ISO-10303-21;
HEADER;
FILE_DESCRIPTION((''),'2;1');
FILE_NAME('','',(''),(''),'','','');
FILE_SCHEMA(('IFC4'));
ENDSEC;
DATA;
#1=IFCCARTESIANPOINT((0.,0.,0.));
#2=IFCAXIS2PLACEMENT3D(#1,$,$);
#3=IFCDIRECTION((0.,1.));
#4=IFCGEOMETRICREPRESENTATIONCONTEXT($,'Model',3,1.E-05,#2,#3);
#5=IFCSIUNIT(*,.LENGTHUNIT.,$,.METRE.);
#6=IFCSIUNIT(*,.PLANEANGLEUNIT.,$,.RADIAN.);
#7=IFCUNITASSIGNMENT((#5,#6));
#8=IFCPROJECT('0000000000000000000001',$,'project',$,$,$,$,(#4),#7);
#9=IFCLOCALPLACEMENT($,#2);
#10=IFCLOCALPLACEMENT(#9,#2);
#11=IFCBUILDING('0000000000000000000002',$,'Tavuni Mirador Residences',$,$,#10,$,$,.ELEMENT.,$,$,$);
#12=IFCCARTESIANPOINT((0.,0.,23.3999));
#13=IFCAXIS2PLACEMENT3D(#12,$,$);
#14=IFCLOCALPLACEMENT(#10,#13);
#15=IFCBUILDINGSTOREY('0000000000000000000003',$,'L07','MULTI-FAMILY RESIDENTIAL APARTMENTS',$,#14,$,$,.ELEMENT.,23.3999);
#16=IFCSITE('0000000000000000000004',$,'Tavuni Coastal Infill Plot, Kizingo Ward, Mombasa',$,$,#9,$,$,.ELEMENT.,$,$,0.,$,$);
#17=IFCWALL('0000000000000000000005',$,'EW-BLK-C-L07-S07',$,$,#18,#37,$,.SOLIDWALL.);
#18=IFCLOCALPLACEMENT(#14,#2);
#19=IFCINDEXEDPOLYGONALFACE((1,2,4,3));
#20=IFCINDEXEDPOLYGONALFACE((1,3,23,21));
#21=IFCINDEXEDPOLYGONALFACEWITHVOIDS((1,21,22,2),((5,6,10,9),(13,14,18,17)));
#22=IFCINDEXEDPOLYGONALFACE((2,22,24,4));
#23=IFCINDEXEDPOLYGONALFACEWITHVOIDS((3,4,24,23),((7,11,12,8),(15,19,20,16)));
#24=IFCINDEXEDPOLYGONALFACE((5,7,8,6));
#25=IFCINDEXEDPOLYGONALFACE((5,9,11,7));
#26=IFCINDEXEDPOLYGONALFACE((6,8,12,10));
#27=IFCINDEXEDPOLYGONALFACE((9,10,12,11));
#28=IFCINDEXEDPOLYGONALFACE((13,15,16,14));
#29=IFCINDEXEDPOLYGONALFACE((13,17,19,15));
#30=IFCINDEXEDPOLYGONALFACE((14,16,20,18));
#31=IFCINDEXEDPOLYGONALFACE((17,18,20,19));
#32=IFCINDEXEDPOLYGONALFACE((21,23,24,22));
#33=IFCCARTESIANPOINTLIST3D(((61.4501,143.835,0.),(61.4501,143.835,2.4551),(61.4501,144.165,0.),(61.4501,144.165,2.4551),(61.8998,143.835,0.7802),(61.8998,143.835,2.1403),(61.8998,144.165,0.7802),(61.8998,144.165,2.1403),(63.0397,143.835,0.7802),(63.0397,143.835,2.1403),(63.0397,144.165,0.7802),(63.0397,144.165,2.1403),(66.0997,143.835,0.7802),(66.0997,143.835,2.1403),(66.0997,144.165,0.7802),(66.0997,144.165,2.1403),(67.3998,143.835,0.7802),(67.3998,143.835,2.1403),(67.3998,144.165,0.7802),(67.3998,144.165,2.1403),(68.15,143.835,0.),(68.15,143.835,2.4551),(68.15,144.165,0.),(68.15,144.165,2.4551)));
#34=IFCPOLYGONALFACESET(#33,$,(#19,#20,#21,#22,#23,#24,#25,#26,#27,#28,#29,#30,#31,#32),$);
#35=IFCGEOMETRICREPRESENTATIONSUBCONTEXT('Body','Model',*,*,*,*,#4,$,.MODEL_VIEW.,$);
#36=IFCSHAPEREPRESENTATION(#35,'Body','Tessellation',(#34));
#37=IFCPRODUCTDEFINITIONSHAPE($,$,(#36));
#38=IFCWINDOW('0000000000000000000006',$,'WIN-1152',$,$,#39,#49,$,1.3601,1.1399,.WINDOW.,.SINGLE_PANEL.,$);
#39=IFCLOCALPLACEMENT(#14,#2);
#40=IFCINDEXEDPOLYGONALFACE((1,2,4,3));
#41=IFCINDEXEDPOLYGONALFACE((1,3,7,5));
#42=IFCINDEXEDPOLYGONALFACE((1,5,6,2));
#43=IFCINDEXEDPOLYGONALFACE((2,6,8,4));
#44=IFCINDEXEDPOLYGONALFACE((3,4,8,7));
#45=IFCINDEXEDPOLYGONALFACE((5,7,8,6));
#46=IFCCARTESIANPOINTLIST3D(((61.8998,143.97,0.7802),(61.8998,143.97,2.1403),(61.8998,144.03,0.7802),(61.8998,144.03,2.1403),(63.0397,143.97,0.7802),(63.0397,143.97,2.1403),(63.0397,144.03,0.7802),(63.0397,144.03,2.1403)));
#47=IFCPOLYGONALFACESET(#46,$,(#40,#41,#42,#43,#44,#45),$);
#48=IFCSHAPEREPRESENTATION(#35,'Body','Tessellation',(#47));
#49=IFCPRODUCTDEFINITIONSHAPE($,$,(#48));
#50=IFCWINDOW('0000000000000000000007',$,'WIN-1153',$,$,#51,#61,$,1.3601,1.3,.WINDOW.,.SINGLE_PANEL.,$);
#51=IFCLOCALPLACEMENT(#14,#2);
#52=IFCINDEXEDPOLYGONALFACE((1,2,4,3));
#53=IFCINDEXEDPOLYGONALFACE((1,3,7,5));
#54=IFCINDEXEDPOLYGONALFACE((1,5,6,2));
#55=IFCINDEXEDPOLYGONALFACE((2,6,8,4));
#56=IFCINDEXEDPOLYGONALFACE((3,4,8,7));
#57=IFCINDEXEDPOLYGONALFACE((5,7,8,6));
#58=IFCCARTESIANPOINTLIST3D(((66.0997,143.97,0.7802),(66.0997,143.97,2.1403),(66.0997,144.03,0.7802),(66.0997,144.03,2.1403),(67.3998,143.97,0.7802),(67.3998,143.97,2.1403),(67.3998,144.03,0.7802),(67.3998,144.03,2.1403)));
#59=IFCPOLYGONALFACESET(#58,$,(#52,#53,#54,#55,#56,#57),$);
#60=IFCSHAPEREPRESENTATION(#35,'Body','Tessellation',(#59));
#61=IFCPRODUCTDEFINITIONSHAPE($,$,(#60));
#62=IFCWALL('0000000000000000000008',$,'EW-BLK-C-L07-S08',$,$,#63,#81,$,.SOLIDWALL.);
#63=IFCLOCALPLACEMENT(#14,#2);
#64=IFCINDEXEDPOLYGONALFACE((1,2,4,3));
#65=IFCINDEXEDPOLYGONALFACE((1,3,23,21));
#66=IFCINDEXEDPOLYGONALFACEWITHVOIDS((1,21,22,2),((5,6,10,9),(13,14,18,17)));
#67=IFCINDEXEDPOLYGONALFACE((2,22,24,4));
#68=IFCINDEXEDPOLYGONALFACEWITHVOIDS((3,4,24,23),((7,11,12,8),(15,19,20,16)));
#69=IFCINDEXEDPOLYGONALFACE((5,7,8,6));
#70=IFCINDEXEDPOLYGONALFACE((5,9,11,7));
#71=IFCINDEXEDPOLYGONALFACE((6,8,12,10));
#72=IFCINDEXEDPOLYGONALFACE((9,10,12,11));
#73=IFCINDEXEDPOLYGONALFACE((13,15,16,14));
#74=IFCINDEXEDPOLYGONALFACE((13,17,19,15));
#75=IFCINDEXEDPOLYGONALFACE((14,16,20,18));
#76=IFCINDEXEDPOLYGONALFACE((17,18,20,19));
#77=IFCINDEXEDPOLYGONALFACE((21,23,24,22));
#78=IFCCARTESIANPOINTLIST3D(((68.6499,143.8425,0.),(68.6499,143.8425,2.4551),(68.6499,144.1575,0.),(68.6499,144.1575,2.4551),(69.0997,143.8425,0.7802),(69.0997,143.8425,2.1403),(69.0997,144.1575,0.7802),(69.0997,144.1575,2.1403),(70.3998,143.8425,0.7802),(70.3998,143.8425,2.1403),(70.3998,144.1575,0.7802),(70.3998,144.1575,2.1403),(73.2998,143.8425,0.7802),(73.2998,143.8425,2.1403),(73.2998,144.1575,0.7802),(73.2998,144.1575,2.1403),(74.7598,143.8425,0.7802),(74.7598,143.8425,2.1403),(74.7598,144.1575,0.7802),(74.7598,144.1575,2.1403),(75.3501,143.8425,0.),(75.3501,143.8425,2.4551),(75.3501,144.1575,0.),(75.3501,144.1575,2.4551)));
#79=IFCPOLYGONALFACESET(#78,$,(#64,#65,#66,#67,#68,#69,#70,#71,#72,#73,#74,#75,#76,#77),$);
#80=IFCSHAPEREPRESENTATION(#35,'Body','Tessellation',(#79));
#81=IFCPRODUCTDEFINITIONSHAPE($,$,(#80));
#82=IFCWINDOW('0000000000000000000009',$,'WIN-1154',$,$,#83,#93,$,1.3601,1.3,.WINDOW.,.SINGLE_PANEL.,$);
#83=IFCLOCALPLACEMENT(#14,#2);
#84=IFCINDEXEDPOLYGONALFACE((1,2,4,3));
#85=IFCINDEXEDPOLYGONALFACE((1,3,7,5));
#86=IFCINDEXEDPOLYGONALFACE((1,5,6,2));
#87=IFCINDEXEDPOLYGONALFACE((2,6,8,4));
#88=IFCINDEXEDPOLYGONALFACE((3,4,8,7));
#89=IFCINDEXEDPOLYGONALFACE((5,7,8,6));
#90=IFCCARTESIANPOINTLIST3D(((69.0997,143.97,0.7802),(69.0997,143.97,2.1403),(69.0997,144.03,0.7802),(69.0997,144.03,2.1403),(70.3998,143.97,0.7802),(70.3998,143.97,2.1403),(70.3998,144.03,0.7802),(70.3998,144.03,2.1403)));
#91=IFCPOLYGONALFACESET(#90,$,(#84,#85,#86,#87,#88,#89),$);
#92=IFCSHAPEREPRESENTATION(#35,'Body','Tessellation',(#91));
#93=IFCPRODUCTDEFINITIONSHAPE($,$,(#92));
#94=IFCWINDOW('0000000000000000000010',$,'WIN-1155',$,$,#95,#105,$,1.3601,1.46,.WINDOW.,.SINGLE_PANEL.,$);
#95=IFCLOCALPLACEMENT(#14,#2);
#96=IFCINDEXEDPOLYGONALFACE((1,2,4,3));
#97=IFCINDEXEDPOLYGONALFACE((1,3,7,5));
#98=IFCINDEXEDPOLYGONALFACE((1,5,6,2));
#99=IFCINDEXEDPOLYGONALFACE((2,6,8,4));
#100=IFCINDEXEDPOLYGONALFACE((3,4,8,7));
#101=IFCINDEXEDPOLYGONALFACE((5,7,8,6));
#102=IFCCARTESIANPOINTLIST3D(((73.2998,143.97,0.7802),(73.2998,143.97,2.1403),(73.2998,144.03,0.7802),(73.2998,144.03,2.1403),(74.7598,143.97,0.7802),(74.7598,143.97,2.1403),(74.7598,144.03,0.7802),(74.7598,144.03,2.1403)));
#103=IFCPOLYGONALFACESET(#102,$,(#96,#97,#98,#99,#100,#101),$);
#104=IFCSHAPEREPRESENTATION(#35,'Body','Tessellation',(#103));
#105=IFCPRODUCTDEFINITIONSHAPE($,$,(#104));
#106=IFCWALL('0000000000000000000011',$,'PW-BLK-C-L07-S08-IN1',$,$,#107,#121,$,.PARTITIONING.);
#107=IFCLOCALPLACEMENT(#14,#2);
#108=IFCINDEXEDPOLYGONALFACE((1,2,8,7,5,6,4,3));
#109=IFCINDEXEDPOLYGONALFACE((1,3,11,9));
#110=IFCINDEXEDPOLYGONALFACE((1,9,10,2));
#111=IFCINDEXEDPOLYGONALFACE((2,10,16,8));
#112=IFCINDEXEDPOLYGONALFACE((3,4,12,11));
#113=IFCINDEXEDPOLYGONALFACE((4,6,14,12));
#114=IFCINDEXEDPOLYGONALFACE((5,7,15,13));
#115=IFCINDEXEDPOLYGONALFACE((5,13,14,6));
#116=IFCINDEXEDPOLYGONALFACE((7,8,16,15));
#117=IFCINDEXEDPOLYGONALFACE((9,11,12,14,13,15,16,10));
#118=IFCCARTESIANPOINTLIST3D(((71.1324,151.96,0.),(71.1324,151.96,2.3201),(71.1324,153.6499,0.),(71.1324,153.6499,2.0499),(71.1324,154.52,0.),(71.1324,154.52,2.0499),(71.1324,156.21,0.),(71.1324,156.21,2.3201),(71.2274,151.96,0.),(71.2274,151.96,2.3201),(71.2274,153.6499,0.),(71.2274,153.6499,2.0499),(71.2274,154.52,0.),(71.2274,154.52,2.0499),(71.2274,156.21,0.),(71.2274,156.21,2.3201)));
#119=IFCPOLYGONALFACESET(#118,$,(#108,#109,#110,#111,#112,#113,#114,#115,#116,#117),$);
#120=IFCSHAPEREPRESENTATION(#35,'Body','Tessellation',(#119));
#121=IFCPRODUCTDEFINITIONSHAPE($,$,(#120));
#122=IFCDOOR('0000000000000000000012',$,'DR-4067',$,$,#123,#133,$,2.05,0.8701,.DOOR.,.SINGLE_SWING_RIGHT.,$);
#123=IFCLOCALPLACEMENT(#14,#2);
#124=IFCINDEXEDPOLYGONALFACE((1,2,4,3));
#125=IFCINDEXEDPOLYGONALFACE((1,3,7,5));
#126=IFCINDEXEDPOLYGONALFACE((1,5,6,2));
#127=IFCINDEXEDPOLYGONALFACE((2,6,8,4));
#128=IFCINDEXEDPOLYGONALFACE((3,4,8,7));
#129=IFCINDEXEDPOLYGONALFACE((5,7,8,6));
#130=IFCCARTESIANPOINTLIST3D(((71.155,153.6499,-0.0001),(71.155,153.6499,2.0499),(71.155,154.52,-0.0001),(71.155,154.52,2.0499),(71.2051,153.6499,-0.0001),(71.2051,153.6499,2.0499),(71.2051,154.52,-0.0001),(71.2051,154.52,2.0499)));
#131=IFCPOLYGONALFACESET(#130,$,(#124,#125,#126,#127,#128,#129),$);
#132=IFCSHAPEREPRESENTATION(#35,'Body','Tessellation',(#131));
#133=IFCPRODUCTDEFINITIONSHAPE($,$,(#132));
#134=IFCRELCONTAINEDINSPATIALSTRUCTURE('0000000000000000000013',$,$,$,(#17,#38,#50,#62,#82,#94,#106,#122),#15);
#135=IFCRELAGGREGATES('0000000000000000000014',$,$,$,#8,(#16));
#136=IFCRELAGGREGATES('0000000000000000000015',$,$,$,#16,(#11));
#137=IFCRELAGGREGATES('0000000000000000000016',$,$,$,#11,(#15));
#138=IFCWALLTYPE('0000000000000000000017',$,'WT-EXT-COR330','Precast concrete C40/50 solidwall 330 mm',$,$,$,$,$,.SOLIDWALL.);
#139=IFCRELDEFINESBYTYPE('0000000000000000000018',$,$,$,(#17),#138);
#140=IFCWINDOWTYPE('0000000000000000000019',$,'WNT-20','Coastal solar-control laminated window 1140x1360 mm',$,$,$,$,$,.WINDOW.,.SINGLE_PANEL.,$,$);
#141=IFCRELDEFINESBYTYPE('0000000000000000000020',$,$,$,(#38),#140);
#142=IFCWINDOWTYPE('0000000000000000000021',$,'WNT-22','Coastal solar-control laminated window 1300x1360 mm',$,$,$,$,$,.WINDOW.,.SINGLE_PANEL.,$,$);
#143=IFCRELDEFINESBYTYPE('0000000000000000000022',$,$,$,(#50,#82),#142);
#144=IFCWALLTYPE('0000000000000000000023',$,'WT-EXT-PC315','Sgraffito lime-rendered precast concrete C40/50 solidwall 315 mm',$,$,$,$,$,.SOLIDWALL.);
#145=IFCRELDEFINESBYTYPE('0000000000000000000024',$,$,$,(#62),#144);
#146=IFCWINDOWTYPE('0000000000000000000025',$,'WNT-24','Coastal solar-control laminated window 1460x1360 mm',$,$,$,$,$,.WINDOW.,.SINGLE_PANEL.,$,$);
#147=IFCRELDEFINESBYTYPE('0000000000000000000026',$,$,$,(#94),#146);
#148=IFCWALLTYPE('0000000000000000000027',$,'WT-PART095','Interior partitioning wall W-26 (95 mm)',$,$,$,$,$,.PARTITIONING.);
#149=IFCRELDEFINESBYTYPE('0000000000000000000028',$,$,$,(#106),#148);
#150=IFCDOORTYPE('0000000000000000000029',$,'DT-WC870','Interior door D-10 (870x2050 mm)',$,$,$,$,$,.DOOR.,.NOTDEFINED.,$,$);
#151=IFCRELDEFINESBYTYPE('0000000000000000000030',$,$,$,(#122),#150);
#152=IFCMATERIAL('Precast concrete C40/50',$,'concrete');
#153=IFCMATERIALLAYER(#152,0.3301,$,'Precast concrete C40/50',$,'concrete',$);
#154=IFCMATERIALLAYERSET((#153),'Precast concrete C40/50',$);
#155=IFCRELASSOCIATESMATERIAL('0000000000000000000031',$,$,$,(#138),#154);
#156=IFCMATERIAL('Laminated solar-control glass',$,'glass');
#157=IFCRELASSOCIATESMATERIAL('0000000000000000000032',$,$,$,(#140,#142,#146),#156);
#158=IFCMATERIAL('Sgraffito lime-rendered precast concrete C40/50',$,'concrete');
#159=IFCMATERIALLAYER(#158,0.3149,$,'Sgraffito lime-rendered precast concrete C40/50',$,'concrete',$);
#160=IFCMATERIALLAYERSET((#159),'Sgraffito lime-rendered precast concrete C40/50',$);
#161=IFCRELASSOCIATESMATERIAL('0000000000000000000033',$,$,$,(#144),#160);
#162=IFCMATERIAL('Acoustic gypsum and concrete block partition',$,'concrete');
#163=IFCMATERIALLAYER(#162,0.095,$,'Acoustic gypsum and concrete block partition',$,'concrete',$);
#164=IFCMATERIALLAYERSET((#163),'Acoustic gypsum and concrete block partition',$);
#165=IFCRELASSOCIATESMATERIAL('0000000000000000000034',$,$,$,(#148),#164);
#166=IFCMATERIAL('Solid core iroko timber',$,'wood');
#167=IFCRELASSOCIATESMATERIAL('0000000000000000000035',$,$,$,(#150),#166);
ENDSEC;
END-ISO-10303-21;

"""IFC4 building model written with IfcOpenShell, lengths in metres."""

from ifc_helpers import new_model, si_unit, direction, frame, frame_2d, origin, place, context, subcontext, project, spatial, rectangle, extrude, material, layer, layer_set, type_object, element, fill, save


model = new_model("IFC4")

# Units and contexts
model_context = context("Model", 3, precision=1e-05, world=origin(), true_north=direction((0.0, 1.0)))
body_context = subcontext(model_context, "Body", "Model", "MODEL_VIEW")
ifc_project = project(units=[si_unit("LENGTHUNIT", "METRE"), si_unit("PLANEANGLEUNIT", "RADIAN")], contexts=[model_context])

# Site, building, storey
site_placement = place(None, origin())
site = spatial("IfcSite", under=ifc_project, at=site_placement, Name="Tavuni Coastal Infill Plot, Kizingo Ward, Mombasa", CompositionType="ELEMENT", RefElevation=0.0)
building_placement = place(site_placement, origin())
building = spatial("IfcBuilding", under=site, at=building_placement, Name="Tavuni Mirador Residences", CompositionType="ELEMENT")
storey_placement = place(building_placement, frame((0.0, 0.0, 23.3999)))
storey = spatial("IfcBuildingStorey", under=building, at=storey_placement, Name="L07", Description="MULTI-FAMILY RESIDENTIAL APARTMENTS", CompositionType="ELEMENT", Elevation=23.3999)

# Shared definitions
ifc_material_1 = material(Name="Precast concrete C40/50", Category="concrete")

# Shared definitions
ifc_material_2 = material(Name="Solid core iroko timber", Category="wood")

# Walls, openings, windows
ifc_layer_1 = layer(ifc_material_1, 0.3301, Name="Precast concrete C40/50", Category="concrete")
ifc_layer_set_1 = layer_set([ifc_layer_1], Name="Precast concrete C40/50")
wall_type_1 = type_object("IfcWallType", Name="WT-EXT-COR330", Description="Precast concrete C40/50 solidwall 330 mm", PredefinedType="SOLIDWALL", material=ifc_layer_set_1)
wall_1_placement = place(storey_placement, frame((61.45, 144.0, 0.0), z_axis=(0.0, 0.0, 1.0), x_axis=(1.0, 0.0, 0.0)))
wall_1 = element("IfcWall", 1, at=wall_1_placement, inside=storey, type_object=wall_type_1, Name="EW-BLK-C-L07-S07", PredefinedType="SOLIDWALL", context=body_context, shape_type="SweptSolid", body=[
    extrude(rectangle(XDim=6.7, YDim=0.3301, at=frame_2d((3.3501, 0.0))), origin(), (0.0, 0.0, 1.0), 2.4551),
])
opening_1_placement = place(wall_1_placement, frame((0.45, 0.0, 0.78)))
opening_1 = element("IfcOpeningElement", 2, at=opening_1_placement, cuts=wall_1, PredefinedType="OPENING", context=body_context, shape_type="SweptSolid", body=[
    extrude(rectangle(XDim=1.1399, YDim=1.3601, at=frame_2d((0.5698, 0.6802))), frame((0.0, 0.175, 0.0), z_axis=(0.0, -1.0, 0.0), x_axis=(1.0, 0.0, 0.0)), (0.0, 0.0, 1.0), 0.3501),
])
opening_2_placement = place(wall_1_placement, frame((4.6499, 0.0, 0.78)))
opening_2 = element("IfcOpeningElement", 3, at=opening_2_placement, cuts=wall_1, PredefinedType="OPENING", context=body_context, shape_type="SweptSolid", body=[
    extrude(rectangle(XDim=1.3, YDim=1.3601, at=frame_2d((0.6499, 0.6802))), frame((0.0, 0.175, 0.0), z_axis=(0.0, -1.0, 0.0), x_axis=(1.0, 0.0, 0.0)), (0.0, 0.0, 1.0), 0.3501),
])
ifc_material_3 = material(Name="Laminated solar-control glass", Category="glass")
window_type_1 = type_object("IfcWindowType", Name="WNT-20", Description="Coastal solar-control laminated window 1140x1360 mm", PartitioningType="SINGLE_PANEL", PredefinedType="WINDOW", material=ifc_material_3)
window_1_placement = place(opening_1_placement, origin())
window_1 = element("IfcWindow", 4, at=window_1_placement, inside=storey, type_object=window_type_1, Name="WIN-1152", OverallHeight=1.3601, OverallWidth=1.1399, PartitioningType="SINGLE_PANEL", PredefinedType="WINDOW", context=body_context, shape_type="SweptSolid", body=[
    extrude(rectangle(XDim=1.1399, YDim=1.3601, at=frame_2d((0.5698, 0.6802))), frame((0.0, 0.03, 0.0), z_axis=(0.0, -1.0, 0.0), x_axis=(1.0, 0.0, 0.0)), (0.0, 0.0, 1.0), 0.0601),
])
fill(opening_1, window_1)
window_type_2 = type_object("IfcWindowType", Name="WNT-22", Description="Coastal solar-control laminated window 1300x1360 mm", PartitioningType="SINGLE_PANEL", PredefinedType="WINDOW", material=ifc_material_3)
window_2_placement = place(opening_2_placement, origin())
window_2 = element("IfcWindow", 5, at=window_2_placement, inside=storey, type_object=window_type_2, Name="WIN-1153", OverallHeight=1.3601, OverallWidth=1.3, PartitioningType="SINGLE_PANEL", PredefinedType="WINDOW", context=body_context, shape_type="SweptSolid", body=[
    extrude(rectangle(XDim=1.3, YDim=1.3601, at=frame_2d((0.6499, 0.6802))), frame((0.0, 0.03, 0.0), z_axis=(0.0, -1.0, 0.0), x_axis=(1.0, 0.0, 0.0)), (0.0, 0.0, 1.0), 0.0601),
])
fill(opening_2, window_2)
ifc_material_4 = material(Name="Sgraffito lime-rendered precast concrete C40/50", Category="concrete")
ifc_layer_2 = layer(ifc_material_4, 0.3149, Name="Sgraffito lime-rendered precast concrete C40/50", Category="concrete")
ifc_layer_set_2 = layer_set([ifc_layer_2], Name="Sgraffito lime-rendered precast concrete C40/50")
wall_type_2 = type_object("IfcWallType", Name="WT-EXT-PC315", Description="Sgraffito lime-rendered precast concrete C40/50 solidwall 315 mm", PredefinedType="SOLIDWALL", material=ifc_layer_set_2)
wall_2_placement = place(storey_placement, frame((68.6499, 144.0, 0.0), z_axis=(0.0, 0.0, 1.0), x_axis=(1.0, 0.0, 0.0)))
wall_2 = element("IfcWall", 6, at=wall_2_placement, inside=storey, type_object=wall_type_2, Name="EW-BLK-C-L07-S08", PredefinedType="SOLIDWALL", context=body_context, shape_type="SweptSolid", body=[
    extrude(rectangle(XDim=6.7002, YDim=0.3149, at=frame_2d((3.3501, 0.0))), origin(), (0.0, 0.0, 1.0), 2.4551),
])
opening_3_placement = place(wall_2_placement, frame((0.45, 0.0, 0.78)))
opening_3 = element("IfcOpeningElement", 7, at=opening_3_placement, cuts=wall_2, PredefinedType="OPENING", context=body_context, shape_type="SweptSolid", body=[
    extrude(rectangle(XDim=1.3, YDim=1.3601, at=frame_2d((0.6499, 0.6802))), frame((0.0, 0.1675, 0.0), z_axis=(0.0, -1.0, 0.0), x_axis=(1.0, 0.0, 0.0)), (0.0, 0.0, 1.0), 0.335),
])
opening_4_placement = place(wall_2_placement, frame((4.6499, 0.0, 0.78)))
opening_4 = element("IfcOpeningElement", 8, at=opening_4_placement, cuts=wall_2, PredefinedType="OPENING", context=body_context, shape_type="SweptSolid", body=[
    extrude(rectangle(XDim=1.46, YDim=1.3601, at=frame_2d((0.73, 0.6802))), frame((0.0, 0.1675, 0.0), z_axis=(0.0, -1.0, 0.0), x_axis=(1.0, 0.0, 0.0)), (0.0, 0.0, 1.0), 0.335),
])
window_3_placement = place(opening_3_placement, origin())
window_3 = element("IfcWindow", 9, at=window_3_placement, inside=storey, type_object=window_type_2, Name="WIN-1154", OverallHeight=1.3601, OverallWidth=1.3, PartitioningType="SINGLE_PANEL", PredefinedType="WINDOW", context=body_context, shape_type="SweptSolid", body=[
    extrude(rectangle(XDim=1.3, YDim=1.3601, at=frame_2d((0.6499, 0.6802))), frame((0.0, 0.03, 0.0), z_axis=(0.0, -1.0, 0.0), x_axis=(1.0, 0.0, 0.0)), (0.0, 0.0, 1.0), 0.0601),
])
fill(opening_3, window_3)
window_type_3 = type_object("IfcWindowType", Name="WNT-24", Description="Coastal solar-control laminated window 1460x1360 mm", PartitioningType="SINGLE_PANEL", PredefinedType="WINDOW", material=ifc_material_3)
window_4_placement = place(opening_4_placement, origin())
window_4 = element("IfcWindow", 10, at=window_4_placement, inside=storey, type_object=window_type_3, Name="WIN-1155", OverallHeight=1.3601, OverallWidth=1.46, PartitioningType="SINGLE_PANEL", PredefinedType="WINDOW", context=body_context, shape_type="SweptSolid", body=[
    extrude(rectangle(XDim=1.46, YDim=1.3601, at=frame_2d((0.73, 0.6802))), frame((0.0, 0.03, 0.0), z_axis=(0.0, -1.0, 0.0), x_axis=(1.0, 0.0, 0.0)), (0.0, 0.0, 1.0), 0.0601),
])
fill(opening_4, window_4)

# Wall, opening, door
ifc_material_5 = material(Name="Acoustic gypsum and concrete block partition", Category="concrete")
ifc_layer_3 = layer(ifc_material_5, 0.095, Name="Acoustic gypsum and concrete block partition", Category="concrete")
ifc_layer_set_3 = layer_set([ifc_layer_3], Name="Acoustic gypsum and concrete block partition")
wall_type_3 = type_object("IfcWallType", Name="WT-PART095", Description="Interior partitioning wall W-26 (95 mm)", PredefinedType="PARTITIONING", material=ifc_layer_set_3)
wall_3_placement = place(storey_placement, frame((71.1799, 151.96, 0.0), z_axis=(0.0, 0.0, 1.0), x_axis=(0.0, 1.0, 0.0)))
wall_3 = element("IfcWall", 11, at=wall_3_placement, inside=storey, type_object=wall_type_3, Name="PW-BLK-C-L07-S08-IN1", PredefinedType="PARTITIONING", context=body_context, shape_type="SweptSolid", body=[
    extrude(rectangle(XDim=4.25, YDim=0.095, at=frame_2d((2.125, 0.0))), origin(), (0.0, 0.0, 1.0), 2.3201),
])
opening_5_placement = place(wall_3_placement, frame((1.6899, 0.0, 0.0)))
opening_5 = element("IfcOpeningElement", 12, at=opening_5_placement, cuts=wall_3, PredefinedType="OPENING", context=body_context, shape_type="SweptSolid", body=[
    extrude(rectangle(XDim=0.8701, YDim=2.05, at=frame_2d((0.4351, 1.0249))), frame((0.0, 0.0576, 0.0), z_axis=(0.0, -1.0, 0.0), x_axis=(1.0, 0.0, 0.0)), (0.0, 0.0, 1.0), 0.115),
])
door_type_1 = type_object("IfcDoorType", Name="DT-WC870", Description="Interior door D-10 (870x2050 mm)", OperationType="NOTDEFINED", PredefinedType="DOOR", material=ifc_material_2)
door_1_placement = place(opening_5_placement, origin())
door_1 = element("IfcDoor", 13, at=door_1_placement, inside=storey, type_object=door_type_1, Name="DR-4067", OperationType="SINGLE_SWING_RIGHT", OverallHeight=2.05, OverallWidth=0.8701, PredefinedType="DOOR", context=body_context, shape_type="SweptSolid", body=[
    extrude(rectangle(XDim=0.8701, YDim=2.05, at=frame_2d((0.4351, 1.0249))), frame((0.0, 0.0249, 0.0), z_axis=(0.0, -1.0, 0.0), x_axis=(1.0, 0.0, 0.0)), (0.0, 0.0, 1.0), 0.05),
])
fill(opening_5, door_1)

save(model, "model.ifc")
